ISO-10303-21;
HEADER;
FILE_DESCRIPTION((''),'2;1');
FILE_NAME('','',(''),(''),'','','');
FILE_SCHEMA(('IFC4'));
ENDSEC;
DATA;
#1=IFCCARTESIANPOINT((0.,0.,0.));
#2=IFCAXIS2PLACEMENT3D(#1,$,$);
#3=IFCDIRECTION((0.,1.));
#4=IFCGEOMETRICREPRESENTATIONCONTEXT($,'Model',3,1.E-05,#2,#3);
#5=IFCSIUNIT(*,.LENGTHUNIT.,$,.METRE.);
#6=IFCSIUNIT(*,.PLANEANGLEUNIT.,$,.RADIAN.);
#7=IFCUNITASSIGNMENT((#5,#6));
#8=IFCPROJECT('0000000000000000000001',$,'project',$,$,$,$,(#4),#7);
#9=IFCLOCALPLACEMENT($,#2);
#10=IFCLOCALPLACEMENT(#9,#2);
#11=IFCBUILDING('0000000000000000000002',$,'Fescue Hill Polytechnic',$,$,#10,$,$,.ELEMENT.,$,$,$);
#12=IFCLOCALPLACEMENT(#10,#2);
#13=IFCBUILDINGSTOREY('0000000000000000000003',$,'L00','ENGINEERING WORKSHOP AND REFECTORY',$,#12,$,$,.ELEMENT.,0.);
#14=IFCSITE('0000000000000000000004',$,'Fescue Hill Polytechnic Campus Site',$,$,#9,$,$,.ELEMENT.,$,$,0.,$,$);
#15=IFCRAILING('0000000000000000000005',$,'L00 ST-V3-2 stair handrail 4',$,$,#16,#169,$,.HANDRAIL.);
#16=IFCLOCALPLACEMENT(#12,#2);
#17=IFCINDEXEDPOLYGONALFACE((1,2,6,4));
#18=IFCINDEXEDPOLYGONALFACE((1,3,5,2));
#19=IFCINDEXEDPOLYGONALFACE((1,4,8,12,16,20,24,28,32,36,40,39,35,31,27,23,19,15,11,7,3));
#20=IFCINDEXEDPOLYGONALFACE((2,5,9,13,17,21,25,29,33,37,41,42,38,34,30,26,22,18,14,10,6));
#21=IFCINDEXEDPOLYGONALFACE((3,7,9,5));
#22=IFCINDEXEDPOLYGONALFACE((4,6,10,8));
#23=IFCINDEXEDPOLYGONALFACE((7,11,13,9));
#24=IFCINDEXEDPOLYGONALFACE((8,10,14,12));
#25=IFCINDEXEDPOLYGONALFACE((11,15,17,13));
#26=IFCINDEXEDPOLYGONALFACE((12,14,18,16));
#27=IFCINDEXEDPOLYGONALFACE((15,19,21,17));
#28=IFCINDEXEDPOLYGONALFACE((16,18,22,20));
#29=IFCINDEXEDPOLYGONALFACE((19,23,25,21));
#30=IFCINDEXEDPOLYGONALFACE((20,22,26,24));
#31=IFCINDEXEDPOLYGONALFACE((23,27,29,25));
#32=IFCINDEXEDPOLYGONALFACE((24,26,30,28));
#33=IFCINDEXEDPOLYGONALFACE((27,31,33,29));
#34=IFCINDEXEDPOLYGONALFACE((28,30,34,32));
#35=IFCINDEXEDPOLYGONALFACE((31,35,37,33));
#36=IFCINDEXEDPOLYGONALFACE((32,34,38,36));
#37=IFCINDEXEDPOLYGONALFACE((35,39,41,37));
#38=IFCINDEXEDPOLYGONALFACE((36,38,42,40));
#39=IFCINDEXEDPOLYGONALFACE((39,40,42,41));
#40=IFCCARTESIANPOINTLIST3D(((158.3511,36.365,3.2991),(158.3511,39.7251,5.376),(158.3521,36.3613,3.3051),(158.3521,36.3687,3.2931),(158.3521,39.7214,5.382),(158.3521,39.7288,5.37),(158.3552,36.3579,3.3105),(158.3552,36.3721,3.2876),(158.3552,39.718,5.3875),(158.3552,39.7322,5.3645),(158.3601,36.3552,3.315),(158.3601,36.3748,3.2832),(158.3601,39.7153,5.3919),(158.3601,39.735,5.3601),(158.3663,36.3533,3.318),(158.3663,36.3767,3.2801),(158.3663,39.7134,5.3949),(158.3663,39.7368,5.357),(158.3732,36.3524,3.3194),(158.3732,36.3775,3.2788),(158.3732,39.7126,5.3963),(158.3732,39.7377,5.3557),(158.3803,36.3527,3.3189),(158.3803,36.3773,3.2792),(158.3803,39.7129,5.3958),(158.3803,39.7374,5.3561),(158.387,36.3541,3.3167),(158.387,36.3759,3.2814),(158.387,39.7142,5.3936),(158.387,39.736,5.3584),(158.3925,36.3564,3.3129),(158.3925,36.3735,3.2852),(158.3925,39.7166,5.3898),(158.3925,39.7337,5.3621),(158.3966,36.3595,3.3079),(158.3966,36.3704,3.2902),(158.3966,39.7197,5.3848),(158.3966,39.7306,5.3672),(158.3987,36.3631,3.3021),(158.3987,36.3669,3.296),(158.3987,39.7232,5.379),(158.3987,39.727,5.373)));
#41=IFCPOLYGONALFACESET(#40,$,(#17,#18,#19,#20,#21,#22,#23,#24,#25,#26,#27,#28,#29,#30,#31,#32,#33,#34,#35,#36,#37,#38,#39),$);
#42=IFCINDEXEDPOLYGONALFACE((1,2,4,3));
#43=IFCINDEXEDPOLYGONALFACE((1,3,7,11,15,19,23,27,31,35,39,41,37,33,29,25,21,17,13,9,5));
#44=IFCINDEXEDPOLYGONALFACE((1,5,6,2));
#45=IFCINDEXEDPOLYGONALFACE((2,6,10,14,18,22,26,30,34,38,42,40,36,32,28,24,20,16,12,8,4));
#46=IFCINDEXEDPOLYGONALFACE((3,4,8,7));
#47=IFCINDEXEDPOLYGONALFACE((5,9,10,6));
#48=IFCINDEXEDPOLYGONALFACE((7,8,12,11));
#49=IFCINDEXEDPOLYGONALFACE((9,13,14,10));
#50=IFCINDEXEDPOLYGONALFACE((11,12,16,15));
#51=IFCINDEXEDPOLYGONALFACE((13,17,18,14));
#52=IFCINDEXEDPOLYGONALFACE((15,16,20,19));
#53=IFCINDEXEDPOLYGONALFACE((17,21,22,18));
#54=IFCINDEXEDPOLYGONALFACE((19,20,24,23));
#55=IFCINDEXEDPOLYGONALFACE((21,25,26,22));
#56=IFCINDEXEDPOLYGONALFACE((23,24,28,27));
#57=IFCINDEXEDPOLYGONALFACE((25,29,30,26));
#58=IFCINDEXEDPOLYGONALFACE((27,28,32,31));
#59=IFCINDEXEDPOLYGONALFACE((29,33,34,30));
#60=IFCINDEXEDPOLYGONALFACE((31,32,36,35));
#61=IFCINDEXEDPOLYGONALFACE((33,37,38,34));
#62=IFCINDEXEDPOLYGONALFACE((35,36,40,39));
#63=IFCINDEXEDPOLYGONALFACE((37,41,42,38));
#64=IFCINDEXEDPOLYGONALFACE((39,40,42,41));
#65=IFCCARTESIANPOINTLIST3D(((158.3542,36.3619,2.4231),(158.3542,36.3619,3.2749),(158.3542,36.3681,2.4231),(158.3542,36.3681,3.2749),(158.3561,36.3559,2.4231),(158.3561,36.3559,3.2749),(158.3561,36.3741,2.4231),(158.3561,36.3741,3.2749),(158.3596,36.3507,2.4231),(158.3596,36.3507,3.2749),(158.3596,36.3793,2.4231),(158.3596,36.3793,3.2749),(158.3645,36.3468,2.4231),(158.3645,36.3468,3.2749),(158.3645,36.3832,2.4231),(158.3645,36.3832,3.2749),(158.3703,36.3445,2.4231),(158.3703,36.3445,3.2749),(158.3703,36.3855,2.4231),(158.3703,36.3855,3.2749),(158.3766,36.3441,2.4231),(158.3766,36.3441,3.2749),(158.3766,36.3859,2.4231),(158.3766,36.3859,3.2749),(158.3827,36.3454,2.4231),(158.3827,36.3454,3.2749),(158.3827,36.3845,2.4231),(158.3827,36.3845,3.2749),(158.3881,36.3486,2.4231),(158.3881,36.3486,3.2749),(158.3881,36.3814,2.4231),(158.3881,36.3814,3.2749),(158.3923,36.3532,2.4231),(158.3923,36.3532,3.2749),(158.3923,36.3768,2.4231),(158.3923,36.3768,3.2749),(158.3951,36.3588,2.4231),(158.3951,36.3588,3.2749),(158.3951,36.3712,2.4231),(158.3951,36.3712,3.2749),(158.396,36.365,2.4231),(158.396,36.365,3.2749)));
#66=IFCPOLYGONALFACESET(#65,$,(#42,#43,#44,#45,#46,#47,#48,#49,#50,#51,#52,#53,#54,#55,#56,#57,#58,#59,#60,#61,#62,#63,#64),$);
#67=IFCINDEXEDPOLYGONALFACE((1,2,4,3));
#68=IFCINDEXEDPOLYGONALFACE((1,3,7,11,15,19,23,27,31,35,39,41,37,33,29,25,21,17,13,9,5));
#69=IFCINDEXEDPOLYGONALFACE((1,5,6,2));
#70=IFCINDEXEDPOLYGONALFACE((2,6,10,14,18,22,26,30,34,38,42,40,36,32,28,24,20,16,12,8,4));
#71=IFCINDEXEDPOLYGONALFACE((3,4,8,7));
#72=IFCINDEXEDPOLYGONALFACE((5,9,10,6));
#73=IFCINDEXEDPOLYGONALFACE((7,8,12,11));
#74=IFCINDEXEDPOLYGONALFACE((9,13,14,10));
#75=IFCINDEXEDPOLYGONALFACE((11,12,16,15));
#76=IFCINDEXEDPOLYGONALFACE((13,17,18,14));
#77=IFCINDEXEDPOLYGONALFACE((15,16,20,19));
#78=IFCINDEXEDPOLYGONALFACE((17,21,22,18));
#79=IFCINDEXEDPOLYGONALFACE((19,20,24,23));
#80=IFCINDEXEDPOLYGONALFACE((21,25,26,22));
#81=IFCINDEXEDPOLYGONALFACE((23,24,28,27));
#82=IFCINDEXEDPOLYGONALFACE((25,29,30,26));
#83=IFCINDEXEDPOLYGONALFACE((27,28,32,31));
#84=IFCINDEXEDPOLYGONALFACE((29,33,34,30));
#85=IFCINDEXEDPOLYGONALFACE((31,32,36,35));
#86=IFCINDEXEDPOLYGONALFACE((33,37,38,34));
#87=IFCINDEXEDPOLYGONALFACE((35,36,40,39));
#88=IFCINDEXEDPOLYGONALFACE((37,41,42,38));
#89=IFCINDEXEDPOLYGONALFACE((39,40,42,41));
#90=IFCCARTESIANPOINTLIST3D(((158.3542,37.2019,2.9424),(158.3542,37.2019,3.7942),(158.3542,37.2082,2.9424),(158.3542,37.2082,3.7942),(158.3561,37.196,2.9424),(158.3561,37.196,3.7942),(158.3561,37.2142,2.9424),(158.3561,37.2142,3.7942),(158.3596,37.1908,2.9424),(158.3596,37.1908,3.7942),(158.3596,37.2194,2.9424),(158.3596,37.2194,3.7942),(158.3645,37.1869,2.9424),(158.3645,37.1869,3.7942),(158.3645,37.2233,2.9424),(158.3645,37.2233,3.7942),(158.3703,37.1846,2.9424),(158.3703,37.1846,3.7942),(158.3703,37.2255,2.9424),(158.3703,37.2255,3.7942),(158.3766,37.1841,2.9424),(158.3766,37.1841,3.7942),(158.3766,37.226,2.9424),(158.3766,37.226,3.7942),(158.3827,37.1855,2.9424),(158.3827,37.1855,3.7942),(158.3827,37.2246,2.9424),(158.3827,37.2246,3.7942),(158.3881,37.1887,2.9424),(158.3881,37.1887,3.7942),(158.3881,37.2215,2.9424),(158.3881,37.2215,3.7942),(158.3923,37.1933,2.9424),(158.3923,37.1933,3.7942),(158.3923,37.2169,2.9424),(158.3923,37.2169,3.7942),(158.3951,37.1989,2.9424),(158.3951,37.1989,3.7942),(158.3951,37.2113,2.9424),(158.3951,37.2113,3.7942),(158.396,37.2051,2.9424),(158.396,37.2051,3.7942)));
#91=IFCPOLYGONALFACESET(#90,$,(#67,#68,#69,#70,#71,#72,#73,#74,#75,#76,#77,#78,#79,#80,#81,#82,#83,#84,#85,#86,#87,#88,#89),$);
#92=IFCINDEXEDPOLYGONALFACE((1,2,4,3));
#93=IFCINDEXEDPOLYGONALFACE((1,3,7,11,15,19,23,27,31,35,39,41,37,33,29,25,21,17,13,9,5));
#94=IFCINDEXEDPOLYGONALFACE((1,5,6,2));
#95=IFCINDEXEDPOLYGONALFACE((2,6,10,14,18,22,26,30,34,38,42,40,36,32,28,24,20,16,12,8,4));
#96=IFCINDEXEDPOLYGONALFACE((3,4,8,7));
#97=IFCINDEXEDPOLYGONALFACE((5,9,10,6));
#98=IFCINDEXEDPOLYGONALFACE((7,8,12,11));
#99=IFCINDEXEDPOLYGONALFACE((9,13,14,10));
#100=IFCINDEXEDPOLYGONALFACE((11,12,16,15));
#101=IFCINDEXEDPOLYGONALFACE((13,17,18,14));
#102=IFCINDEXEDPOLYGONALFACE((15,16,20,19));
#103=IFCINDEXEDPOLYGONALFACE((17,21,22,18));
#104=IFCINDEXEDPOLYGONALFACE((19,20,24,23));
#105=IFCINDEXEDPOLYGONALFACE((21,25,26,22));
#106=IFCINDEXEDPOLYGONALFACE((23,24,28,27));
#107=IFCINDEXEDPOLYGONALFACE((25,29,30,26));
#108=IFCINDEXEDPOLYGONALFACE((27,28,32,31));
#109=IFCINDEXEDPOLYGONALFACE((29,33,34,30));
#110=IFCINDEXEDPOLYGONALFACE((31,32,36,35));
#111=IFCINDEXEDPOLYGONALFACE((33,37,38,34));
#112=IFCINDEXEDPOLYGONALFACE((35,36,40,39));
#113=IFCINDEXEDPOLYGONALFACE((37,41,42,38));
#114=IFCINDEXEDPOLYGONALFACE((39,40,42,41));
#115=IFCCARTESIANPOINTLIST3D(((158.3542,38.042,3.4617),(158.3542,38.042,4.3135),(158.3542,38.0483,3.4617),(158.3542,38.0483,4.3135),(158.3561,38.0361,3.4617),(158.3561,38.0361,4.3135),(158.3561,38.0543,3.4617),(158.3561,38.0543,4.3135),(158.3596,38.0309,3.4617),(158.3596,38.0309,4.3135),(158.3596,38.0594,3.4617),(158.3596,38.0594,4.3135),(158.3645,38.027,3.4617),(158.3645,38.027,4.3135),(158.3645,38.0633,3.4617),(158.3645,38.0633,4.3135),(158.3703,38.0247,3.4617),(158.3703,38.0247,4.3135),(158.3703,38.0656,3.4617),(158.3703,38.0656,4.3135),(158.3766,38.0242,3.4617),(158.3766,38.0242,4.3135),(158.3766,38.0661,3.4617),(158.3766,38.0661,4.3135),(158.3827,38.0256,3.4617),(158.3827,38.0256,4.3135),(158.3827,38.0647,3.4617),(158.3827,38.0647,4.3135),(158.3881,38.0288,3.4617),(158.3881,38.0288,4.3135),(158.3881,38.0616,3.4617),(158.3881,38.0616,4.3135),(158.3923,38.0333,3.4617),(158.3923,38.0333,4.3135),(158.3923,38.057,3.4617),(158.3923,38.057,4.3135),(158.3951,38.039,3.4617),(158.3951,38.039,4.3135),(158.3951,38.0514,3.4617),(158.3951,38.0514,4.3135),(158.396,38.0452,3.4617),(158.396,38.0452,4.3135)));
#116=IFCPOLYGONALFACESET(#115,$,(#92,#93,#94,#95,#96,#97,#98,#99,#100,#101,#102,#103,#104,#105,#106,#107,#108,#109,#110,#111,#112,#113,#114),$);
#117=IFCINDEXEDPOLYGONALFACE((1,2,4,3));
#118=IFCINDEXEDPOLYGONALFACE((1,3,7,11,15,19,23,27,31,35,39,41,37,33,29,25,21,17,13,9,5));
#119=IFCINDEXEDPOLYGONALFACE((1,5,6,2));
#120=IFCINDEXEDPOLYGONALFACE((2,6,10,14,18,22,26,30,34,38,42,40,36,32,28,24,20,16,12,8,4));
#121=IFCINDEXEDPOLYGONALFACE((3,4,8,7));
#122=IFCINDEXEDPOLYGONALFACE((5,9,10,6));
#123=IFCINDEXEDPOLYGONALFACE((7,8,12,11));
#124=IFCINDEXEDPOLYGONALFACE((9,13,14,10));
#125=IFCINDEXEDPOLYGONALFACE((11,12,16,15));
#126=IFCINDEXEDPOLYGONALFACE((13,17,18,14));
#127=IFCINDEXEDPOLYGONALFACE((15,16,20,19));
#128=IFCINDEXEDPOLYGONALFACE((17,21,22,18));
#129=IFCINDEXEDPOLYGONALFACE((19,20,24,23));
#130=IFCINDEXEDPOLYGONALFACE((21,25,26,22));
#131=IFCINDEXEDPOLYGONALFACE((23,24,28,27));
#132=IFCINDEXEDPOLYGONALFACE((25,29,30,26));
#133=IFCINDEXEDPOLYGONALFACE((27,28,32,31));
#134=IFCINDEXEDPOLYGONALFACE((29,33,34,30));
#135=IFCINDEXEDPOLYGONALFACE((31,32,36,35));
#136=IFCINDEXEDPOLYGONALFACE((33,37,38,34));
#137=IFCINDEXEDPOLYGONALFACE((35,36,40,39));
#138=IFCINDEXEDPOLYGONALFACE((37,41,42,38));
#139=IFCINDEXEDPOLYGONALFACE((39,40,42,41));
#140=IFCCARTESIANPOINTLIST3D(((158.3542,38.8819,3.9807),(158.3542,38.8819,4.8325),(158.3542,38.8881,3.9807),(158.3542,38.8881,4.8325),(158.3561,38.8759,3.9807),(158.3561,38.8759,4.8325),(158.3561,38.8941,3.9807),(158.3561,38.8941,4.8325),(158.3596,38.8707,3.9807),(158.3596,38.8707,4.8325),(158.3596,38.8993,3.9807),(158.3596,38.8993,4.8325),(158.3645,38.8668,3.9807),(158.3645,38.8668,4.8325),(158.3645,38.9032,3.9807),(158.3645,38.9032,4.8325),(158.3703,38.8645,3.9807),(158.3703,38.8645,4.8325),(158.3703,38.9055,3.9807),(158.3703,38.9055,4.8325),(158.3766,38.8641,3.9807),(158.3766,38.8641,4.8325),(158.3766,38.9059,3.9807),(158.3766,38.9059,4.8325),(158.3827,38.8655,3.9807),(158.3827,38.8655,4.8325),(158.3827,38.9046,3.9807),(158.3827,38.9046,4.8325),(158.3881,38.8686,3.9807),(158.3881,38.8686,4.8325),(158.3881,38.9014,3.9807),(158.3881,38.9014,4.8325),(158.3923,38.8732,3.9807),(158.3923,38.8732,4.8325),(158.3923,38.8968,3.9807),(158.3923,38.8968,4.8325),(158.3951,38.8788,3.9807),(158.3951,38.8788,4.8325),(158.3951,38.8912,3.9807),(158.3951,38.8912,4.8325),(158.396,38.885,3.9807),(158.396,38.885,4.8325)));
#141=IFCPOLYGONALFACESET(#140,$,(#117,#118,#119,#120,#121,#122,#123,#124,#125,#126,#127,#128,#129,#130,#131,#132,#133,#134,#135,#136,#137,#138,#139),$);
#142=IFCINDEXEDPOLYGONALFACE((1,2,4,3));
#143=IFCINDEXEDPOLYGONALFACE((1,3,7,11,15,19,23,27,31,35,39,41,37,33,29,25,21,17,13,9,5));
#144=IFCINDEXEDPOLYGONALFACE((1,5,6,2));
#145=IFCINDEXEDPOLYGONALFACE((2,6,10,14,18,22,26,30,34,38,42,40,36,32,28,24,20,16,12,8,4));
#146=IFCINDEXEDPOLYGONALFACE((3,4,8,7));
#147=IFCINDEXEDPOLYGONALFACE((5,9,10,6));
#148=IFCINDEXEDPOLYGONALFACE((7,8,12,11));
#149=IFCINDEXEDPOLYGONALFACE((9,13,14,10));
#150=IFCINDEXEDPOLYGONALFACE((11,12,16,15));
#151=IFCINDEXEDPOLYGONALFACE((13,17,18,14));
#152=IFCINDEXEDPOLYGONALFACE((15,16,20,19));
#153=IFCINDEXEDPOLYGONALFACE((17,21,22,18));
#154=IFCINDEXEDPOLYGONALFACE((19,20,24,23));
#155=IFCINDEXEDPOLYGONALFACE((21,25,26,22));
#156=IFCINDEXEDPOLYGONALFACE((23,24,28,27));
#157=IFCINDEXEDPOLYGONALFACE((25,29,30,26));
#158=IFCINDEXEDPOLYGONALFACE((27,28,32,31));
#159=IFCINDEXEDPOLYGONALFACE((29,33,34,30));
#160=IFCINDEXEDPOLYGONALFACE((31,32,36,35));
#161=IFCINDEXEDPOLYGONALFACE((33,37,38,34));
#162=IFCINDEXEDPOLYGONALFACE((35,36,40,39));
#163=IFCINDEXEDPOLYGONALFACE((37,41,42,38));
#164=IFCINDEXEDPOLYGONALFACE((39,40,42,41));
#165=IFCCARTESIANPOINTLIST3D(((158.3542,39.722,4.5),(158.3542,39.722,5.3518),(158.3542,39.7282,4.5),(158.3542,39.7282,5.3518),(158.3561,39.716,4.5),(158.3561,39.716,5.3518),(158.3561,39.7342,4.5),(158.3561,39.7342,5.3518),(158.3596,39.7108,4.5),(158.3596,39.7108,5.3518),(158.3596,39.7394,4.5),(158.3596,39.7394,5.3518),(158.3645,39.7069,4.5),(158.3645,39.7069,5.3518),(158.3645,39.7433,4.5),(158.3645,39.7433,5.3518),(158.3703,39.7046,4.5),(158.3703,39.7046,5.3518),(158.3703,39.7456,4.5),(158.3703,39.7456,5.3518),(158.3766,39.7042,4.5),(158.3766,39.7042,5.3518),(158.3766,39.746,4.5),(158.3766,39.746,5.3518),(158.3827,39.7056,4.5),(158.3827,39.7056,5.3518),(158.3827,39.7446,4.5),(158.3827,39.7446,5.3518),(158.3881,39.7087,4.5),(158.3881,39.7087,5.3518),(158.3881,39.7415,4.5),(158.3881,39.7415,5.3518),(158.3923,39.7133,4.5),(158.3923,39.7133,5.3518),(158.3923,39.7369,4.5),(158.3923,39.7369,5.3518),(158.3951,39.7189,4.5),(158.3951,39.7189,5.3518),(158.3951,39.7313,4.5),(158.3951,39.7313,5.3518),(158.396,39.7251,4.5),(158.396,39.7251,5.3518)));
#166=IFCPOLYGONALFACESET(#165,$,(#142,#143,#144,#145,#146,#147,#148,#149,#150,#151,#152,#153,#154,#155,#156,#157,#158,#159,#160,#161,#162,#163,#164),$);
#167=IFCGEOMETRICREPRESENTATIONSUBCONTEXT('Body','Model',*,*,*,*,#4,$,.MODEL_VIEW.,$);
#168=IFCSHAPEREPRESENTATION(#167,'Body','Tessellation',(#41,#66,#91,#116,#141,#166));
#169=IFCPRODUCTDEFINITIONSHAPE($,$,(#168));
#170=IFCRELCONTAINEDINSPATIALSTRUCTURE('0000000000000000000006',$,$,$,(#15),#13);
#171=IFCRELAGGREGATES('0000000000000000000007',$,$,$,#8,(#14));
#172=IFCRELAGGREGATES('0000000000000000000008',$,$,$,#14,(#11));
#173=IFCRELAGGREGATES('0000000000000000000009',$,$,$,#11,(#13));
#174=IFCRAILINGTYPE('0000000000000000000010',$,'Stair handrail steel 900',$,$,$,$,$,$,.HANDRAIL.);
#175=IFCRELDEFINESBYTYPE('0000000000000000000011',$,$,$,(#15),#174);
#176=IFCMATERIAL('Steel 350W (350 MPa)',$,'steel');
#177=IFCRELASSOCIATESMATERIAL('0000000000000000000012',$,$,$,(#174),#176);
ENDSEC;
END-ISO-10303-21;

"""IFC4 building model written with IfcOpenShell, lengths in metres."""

from ifc_helpers import new_model, si_unit, direction, frame, origin, origin_2d, place, context, subcontext, project, spatial, circle, extrude, material, type_object, element, save


model = new_model("IFC4")

# Units and contexts
model_context = context("Model", 3, precision=1e-05, world=origin(), true_north=direction((0.0, 1.0)))
body_context = subcontext(model_context, "Body", "Model", "MODEL_VIEW")
ifc_project = project(units=[si_unit("LENGTHUNIT", "METRE"), si_unit("PLANEANGLEUNIT", "RADIAN")], contexts=[model_context])

# Site, building, storey
site_placement = place(None, origin())
site = spatial("IfcSite", under=ifc_project, at=site_placement, Name="Fescue Hill Polytechnic Campus Site", CompositionType="ELEMENT", RefElevation=0.0)
building_placement = place(site_placement, origin())
building = spatial("IfcBuilding", under=site, at=building_placement, Name="Fescue Hill Polytechnic", CompositionType="ELEMENT")
storey_placement = place(building_placement, origin())
storey = spatial("IfcBuildingStorey", under=building, at=storey_placement, Name="L00", Description="ENGINEERING WORKSHOP AND REFECTORY", CompositionType="ELEMENT", Elevation=0.0)

# Railing
ifc_material_1 = material(Name="Steel 350W (350 MPa)", Category="steel")
railing_type_1 = type_object("IfcRailingType", Name="Stair handrail steel 900", PredefinedType="HANDRAIL", material=ifc_material_1)
railing_1_placement = place(storey_placement, frame((158.375, 36.365, 2.4231)))
element("IfcRailing", 1, at=railing_1_placement, inside=storey, type_object=railing_type_1, Name="L00 ST-V3-2 stair handrail 4", PredefinedType="HANDRAIL", context=body_context, shape_type="SweptSolid", body=[
    extrude(circle(Radius=0.0239, at=origin_2d()), frame((0.0, 0.0, 0.876), z_axis=(0.0, 0.850623, 0.525776), x_axis=(-1.0, 0.0, 0.0)), (0.0, 0.0, 1.0), 3.9502),
    extrude(circle(Radius=0.021, at=origin_2d()), origin(), (0.0, 0.0, 1.0), 0.8518),
    extrude(circle(Radius=0.021, at=origin_2d()), frame((0.0, 0.8401, 0.5193)), (0.0, 0.0, 1.0), 0.8518),
    extrude(circle(Radius=0.021, at=origin_2d()), frame((0.0, 1.6802, 1.0386)), (0.0, 0.0, 1.0), 0.8518),
    extrude(circle(Radius=0.021, at=origin_2d()), frame((0.0, 2.52, 1.5576)), (0.0, 0.0, 1.0), 0.8518),
    extrude(circle(Radius=0.021, at=origin_2d()), frame((0.0, 3.3601, 2.0769)), (0.0, 0.0, 1.0), 0.8518),
])

save(model, "model.ifc")
